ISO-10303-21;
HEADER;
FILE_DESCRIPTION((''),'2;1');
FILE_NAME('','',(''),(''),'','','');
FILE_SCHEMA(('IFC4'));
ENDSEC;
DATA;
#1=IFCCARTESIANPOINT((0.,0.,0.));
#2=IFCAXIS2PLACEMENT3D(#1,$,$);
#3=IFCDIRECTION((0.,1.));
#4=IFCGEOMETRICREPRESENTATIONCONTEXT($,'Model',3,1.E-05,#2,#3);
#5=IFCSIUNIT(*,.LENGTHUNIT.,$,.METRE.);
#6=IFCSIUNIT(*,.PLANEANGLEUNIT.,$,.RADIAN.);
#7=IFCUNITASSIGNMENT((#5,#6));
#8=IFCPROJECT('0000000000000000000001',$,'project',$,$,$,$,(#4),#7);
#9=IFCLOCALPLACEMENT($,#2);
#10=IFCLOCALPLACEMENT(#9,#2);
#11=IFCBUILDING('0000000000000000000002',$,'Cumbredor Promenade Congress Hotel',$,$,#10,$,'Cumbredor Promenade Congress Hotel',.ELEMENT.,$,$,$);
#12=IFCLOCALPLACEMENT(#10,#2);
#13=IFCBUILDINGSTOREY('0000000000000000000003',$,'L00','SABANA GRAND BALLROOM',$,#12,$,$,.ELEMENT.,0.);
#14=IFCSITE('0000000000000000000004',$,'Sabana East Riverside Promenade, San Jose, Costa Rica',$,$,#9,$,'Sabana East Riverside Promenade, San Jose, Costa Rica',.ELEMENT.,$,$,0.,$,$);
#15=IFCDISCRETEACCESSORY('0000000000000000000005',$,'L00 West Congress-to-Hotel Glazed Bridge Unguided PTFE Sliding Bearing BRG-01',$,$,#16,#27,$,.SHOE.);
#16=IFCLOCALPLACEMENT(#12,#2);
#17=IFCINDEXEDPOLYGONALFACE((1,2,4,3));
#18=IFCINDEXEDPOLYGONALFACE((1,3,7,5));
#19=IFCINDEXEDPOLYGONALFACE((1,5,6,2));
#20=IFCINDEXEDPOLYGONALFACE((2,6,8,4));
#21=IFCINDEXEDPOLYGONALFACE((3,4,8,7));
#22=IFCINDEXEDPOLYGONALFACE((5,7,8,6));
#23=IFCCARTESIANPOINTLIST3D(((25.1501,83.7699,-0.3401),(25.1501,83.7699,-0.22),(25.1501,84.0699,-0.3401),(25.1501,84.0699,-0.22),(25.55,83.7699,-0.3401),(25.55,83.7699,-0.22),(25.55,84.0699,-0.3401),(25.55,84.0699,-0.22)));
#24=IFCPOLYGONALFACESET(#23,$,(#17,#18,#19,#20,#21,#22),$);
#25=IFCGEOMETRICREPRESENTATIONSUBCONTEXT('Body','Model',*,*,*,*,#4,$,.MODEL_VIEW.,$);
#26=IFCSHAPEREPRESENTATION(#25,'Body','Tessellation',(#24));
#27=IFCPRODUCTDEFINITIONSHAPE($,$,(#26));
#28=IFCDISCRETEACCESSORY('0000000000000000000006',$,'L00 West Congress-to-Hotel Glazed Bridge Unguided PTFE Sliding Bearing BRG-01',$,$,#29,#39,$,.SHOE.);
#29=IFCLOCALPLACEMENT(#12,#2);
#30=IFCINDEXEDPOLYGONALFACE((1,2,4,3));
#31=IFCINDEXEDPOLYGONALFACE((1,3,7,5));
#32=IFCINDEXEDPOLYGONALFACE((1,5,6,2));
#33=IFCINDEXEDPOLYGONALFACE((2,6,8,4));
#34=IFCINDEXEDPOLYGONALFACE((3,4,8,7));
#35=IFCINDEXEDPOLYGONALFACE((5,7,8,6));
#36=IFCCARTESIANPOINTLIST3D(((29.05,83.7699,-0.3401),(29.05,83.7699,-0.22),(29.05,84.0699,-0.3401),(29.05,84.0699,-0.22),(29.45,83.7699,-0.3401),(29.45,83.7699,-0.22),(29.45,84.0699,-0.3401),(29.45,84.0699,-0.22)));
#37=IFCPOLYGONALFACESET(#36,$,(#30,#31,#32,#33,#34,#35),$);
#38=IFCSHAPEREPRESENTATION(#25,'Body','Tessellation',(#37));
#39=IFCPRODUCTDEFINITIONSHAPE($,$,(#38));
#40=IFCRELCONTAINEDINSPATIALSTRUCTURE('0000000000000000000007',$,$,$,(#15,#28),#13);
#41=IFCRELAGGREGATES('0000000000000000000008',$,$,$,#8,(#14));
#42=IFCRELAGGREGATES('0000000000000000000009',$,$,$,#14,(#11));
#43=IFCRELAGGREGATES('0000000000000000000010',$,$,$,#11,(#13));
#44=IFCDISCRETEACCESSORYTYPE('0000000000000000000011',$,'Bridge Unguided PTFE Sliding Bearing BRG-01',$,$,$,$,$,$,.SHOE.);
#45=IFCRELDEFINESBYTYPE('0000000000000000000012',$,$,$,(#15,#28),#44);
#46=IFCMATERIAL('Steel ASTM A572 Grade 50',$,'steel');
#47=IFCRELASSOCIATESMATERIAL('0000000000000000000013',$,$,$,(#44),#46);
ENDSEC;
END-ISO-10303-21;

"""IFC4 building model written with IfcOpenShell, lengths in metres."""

from ifc_helpers import new_model, si_unit, direction, frame, origin, origin_2d, place, context, subcontext, project, spatial, rectangle, extrude, material, type_object, element, save


model = new_model("IFC4")

# Units and contexts
model_context = context("Model", 3, precision=1e-05, world=origin(), true_north=direction((0.0, 1.0)))
body_context = subcontext(model_context, "Body", "Model", "MODEL_VIEW")
ifc_project = project(units=[si_unit("LENGTHUNIT", "METRE"), si_unit("PLANEANGLEUNIT", "RADIAN")], contexts=[model_context])

# Site, building, storey
site_placement = place(None, origin())
site = spatial("IfcSite", under=ifc_project, at=site_placement, Name="Sabana East Riverside Promenade, San Jose, Costa Rica", LongName="Sabana East Riverside Promenade, San Jose, Costa Rica", CompositionType="ELEMENT", RefElevation=0.0)
building_placement = place(site_placement, origin())
building = spatial("IfcBuilding", under=site, at=building_placement, Name="Cumbredor Promenade Congress Hotel", LongName="Cumbredor Promenade Congress Hotel", CompositionType="ELEMENT")
storey_placement = place(building_placement, origin())
storey = spatial("IfcBuildingStorey", under=building, at=storey_placement, Name="L00", Description="SABANA GRAND BALLROOM", CompositionType="ELEMENT", Elevation=0.0)

# Shared definitions
ifc_material_1 = material(Name="Steel ASTM A572 Grade 50", Category="steel")

# Discrete accessories
discrete_accessory_type_1 = type_object("IfcDiscreteAccessoryType", Name="Bridge Unguided PTFE Sliding Bearing BRG-01", PredefinedType="SHOE", material=ifc_material_1)
for number, where, z_axis, x_axis, name in (
    (1, (25.3501, 83.9199, -0.3401), (0.0, 0.0, 1.0), (0.0, 1.0, 0.0), "L00 West Congress-to-Hotel Glazed Bridge Unguided PTFE Sliding Bearing BRG-01"),
    (2, (29.25, 83.9199, -0.3401), (0.0, 0.0, 1.0), (0.0, 1.0, 0.0), "L00 West Congress-to-Hotel Glazed Bridge Unguided PTFE Sliding Bearing BRG-01"),
):
    element("IfcDiscreteAccessory", number, at=place(storey_placement, frame(where, z_axis=z_axis, x_axis=x_axis)), inside=storey, type_object=discrete_accessory_type_1, Name=name, PredefinedType="SHOE", context=body_context, shape_type="SweptSolid", body=[
        extrude(rectangle(XDim=0.3, YDim=0.3999, at=origin_2d()), origin(), (0.0, 0.0, 1.0), 0.1201),
    ])

save(model, "model.ifc")
